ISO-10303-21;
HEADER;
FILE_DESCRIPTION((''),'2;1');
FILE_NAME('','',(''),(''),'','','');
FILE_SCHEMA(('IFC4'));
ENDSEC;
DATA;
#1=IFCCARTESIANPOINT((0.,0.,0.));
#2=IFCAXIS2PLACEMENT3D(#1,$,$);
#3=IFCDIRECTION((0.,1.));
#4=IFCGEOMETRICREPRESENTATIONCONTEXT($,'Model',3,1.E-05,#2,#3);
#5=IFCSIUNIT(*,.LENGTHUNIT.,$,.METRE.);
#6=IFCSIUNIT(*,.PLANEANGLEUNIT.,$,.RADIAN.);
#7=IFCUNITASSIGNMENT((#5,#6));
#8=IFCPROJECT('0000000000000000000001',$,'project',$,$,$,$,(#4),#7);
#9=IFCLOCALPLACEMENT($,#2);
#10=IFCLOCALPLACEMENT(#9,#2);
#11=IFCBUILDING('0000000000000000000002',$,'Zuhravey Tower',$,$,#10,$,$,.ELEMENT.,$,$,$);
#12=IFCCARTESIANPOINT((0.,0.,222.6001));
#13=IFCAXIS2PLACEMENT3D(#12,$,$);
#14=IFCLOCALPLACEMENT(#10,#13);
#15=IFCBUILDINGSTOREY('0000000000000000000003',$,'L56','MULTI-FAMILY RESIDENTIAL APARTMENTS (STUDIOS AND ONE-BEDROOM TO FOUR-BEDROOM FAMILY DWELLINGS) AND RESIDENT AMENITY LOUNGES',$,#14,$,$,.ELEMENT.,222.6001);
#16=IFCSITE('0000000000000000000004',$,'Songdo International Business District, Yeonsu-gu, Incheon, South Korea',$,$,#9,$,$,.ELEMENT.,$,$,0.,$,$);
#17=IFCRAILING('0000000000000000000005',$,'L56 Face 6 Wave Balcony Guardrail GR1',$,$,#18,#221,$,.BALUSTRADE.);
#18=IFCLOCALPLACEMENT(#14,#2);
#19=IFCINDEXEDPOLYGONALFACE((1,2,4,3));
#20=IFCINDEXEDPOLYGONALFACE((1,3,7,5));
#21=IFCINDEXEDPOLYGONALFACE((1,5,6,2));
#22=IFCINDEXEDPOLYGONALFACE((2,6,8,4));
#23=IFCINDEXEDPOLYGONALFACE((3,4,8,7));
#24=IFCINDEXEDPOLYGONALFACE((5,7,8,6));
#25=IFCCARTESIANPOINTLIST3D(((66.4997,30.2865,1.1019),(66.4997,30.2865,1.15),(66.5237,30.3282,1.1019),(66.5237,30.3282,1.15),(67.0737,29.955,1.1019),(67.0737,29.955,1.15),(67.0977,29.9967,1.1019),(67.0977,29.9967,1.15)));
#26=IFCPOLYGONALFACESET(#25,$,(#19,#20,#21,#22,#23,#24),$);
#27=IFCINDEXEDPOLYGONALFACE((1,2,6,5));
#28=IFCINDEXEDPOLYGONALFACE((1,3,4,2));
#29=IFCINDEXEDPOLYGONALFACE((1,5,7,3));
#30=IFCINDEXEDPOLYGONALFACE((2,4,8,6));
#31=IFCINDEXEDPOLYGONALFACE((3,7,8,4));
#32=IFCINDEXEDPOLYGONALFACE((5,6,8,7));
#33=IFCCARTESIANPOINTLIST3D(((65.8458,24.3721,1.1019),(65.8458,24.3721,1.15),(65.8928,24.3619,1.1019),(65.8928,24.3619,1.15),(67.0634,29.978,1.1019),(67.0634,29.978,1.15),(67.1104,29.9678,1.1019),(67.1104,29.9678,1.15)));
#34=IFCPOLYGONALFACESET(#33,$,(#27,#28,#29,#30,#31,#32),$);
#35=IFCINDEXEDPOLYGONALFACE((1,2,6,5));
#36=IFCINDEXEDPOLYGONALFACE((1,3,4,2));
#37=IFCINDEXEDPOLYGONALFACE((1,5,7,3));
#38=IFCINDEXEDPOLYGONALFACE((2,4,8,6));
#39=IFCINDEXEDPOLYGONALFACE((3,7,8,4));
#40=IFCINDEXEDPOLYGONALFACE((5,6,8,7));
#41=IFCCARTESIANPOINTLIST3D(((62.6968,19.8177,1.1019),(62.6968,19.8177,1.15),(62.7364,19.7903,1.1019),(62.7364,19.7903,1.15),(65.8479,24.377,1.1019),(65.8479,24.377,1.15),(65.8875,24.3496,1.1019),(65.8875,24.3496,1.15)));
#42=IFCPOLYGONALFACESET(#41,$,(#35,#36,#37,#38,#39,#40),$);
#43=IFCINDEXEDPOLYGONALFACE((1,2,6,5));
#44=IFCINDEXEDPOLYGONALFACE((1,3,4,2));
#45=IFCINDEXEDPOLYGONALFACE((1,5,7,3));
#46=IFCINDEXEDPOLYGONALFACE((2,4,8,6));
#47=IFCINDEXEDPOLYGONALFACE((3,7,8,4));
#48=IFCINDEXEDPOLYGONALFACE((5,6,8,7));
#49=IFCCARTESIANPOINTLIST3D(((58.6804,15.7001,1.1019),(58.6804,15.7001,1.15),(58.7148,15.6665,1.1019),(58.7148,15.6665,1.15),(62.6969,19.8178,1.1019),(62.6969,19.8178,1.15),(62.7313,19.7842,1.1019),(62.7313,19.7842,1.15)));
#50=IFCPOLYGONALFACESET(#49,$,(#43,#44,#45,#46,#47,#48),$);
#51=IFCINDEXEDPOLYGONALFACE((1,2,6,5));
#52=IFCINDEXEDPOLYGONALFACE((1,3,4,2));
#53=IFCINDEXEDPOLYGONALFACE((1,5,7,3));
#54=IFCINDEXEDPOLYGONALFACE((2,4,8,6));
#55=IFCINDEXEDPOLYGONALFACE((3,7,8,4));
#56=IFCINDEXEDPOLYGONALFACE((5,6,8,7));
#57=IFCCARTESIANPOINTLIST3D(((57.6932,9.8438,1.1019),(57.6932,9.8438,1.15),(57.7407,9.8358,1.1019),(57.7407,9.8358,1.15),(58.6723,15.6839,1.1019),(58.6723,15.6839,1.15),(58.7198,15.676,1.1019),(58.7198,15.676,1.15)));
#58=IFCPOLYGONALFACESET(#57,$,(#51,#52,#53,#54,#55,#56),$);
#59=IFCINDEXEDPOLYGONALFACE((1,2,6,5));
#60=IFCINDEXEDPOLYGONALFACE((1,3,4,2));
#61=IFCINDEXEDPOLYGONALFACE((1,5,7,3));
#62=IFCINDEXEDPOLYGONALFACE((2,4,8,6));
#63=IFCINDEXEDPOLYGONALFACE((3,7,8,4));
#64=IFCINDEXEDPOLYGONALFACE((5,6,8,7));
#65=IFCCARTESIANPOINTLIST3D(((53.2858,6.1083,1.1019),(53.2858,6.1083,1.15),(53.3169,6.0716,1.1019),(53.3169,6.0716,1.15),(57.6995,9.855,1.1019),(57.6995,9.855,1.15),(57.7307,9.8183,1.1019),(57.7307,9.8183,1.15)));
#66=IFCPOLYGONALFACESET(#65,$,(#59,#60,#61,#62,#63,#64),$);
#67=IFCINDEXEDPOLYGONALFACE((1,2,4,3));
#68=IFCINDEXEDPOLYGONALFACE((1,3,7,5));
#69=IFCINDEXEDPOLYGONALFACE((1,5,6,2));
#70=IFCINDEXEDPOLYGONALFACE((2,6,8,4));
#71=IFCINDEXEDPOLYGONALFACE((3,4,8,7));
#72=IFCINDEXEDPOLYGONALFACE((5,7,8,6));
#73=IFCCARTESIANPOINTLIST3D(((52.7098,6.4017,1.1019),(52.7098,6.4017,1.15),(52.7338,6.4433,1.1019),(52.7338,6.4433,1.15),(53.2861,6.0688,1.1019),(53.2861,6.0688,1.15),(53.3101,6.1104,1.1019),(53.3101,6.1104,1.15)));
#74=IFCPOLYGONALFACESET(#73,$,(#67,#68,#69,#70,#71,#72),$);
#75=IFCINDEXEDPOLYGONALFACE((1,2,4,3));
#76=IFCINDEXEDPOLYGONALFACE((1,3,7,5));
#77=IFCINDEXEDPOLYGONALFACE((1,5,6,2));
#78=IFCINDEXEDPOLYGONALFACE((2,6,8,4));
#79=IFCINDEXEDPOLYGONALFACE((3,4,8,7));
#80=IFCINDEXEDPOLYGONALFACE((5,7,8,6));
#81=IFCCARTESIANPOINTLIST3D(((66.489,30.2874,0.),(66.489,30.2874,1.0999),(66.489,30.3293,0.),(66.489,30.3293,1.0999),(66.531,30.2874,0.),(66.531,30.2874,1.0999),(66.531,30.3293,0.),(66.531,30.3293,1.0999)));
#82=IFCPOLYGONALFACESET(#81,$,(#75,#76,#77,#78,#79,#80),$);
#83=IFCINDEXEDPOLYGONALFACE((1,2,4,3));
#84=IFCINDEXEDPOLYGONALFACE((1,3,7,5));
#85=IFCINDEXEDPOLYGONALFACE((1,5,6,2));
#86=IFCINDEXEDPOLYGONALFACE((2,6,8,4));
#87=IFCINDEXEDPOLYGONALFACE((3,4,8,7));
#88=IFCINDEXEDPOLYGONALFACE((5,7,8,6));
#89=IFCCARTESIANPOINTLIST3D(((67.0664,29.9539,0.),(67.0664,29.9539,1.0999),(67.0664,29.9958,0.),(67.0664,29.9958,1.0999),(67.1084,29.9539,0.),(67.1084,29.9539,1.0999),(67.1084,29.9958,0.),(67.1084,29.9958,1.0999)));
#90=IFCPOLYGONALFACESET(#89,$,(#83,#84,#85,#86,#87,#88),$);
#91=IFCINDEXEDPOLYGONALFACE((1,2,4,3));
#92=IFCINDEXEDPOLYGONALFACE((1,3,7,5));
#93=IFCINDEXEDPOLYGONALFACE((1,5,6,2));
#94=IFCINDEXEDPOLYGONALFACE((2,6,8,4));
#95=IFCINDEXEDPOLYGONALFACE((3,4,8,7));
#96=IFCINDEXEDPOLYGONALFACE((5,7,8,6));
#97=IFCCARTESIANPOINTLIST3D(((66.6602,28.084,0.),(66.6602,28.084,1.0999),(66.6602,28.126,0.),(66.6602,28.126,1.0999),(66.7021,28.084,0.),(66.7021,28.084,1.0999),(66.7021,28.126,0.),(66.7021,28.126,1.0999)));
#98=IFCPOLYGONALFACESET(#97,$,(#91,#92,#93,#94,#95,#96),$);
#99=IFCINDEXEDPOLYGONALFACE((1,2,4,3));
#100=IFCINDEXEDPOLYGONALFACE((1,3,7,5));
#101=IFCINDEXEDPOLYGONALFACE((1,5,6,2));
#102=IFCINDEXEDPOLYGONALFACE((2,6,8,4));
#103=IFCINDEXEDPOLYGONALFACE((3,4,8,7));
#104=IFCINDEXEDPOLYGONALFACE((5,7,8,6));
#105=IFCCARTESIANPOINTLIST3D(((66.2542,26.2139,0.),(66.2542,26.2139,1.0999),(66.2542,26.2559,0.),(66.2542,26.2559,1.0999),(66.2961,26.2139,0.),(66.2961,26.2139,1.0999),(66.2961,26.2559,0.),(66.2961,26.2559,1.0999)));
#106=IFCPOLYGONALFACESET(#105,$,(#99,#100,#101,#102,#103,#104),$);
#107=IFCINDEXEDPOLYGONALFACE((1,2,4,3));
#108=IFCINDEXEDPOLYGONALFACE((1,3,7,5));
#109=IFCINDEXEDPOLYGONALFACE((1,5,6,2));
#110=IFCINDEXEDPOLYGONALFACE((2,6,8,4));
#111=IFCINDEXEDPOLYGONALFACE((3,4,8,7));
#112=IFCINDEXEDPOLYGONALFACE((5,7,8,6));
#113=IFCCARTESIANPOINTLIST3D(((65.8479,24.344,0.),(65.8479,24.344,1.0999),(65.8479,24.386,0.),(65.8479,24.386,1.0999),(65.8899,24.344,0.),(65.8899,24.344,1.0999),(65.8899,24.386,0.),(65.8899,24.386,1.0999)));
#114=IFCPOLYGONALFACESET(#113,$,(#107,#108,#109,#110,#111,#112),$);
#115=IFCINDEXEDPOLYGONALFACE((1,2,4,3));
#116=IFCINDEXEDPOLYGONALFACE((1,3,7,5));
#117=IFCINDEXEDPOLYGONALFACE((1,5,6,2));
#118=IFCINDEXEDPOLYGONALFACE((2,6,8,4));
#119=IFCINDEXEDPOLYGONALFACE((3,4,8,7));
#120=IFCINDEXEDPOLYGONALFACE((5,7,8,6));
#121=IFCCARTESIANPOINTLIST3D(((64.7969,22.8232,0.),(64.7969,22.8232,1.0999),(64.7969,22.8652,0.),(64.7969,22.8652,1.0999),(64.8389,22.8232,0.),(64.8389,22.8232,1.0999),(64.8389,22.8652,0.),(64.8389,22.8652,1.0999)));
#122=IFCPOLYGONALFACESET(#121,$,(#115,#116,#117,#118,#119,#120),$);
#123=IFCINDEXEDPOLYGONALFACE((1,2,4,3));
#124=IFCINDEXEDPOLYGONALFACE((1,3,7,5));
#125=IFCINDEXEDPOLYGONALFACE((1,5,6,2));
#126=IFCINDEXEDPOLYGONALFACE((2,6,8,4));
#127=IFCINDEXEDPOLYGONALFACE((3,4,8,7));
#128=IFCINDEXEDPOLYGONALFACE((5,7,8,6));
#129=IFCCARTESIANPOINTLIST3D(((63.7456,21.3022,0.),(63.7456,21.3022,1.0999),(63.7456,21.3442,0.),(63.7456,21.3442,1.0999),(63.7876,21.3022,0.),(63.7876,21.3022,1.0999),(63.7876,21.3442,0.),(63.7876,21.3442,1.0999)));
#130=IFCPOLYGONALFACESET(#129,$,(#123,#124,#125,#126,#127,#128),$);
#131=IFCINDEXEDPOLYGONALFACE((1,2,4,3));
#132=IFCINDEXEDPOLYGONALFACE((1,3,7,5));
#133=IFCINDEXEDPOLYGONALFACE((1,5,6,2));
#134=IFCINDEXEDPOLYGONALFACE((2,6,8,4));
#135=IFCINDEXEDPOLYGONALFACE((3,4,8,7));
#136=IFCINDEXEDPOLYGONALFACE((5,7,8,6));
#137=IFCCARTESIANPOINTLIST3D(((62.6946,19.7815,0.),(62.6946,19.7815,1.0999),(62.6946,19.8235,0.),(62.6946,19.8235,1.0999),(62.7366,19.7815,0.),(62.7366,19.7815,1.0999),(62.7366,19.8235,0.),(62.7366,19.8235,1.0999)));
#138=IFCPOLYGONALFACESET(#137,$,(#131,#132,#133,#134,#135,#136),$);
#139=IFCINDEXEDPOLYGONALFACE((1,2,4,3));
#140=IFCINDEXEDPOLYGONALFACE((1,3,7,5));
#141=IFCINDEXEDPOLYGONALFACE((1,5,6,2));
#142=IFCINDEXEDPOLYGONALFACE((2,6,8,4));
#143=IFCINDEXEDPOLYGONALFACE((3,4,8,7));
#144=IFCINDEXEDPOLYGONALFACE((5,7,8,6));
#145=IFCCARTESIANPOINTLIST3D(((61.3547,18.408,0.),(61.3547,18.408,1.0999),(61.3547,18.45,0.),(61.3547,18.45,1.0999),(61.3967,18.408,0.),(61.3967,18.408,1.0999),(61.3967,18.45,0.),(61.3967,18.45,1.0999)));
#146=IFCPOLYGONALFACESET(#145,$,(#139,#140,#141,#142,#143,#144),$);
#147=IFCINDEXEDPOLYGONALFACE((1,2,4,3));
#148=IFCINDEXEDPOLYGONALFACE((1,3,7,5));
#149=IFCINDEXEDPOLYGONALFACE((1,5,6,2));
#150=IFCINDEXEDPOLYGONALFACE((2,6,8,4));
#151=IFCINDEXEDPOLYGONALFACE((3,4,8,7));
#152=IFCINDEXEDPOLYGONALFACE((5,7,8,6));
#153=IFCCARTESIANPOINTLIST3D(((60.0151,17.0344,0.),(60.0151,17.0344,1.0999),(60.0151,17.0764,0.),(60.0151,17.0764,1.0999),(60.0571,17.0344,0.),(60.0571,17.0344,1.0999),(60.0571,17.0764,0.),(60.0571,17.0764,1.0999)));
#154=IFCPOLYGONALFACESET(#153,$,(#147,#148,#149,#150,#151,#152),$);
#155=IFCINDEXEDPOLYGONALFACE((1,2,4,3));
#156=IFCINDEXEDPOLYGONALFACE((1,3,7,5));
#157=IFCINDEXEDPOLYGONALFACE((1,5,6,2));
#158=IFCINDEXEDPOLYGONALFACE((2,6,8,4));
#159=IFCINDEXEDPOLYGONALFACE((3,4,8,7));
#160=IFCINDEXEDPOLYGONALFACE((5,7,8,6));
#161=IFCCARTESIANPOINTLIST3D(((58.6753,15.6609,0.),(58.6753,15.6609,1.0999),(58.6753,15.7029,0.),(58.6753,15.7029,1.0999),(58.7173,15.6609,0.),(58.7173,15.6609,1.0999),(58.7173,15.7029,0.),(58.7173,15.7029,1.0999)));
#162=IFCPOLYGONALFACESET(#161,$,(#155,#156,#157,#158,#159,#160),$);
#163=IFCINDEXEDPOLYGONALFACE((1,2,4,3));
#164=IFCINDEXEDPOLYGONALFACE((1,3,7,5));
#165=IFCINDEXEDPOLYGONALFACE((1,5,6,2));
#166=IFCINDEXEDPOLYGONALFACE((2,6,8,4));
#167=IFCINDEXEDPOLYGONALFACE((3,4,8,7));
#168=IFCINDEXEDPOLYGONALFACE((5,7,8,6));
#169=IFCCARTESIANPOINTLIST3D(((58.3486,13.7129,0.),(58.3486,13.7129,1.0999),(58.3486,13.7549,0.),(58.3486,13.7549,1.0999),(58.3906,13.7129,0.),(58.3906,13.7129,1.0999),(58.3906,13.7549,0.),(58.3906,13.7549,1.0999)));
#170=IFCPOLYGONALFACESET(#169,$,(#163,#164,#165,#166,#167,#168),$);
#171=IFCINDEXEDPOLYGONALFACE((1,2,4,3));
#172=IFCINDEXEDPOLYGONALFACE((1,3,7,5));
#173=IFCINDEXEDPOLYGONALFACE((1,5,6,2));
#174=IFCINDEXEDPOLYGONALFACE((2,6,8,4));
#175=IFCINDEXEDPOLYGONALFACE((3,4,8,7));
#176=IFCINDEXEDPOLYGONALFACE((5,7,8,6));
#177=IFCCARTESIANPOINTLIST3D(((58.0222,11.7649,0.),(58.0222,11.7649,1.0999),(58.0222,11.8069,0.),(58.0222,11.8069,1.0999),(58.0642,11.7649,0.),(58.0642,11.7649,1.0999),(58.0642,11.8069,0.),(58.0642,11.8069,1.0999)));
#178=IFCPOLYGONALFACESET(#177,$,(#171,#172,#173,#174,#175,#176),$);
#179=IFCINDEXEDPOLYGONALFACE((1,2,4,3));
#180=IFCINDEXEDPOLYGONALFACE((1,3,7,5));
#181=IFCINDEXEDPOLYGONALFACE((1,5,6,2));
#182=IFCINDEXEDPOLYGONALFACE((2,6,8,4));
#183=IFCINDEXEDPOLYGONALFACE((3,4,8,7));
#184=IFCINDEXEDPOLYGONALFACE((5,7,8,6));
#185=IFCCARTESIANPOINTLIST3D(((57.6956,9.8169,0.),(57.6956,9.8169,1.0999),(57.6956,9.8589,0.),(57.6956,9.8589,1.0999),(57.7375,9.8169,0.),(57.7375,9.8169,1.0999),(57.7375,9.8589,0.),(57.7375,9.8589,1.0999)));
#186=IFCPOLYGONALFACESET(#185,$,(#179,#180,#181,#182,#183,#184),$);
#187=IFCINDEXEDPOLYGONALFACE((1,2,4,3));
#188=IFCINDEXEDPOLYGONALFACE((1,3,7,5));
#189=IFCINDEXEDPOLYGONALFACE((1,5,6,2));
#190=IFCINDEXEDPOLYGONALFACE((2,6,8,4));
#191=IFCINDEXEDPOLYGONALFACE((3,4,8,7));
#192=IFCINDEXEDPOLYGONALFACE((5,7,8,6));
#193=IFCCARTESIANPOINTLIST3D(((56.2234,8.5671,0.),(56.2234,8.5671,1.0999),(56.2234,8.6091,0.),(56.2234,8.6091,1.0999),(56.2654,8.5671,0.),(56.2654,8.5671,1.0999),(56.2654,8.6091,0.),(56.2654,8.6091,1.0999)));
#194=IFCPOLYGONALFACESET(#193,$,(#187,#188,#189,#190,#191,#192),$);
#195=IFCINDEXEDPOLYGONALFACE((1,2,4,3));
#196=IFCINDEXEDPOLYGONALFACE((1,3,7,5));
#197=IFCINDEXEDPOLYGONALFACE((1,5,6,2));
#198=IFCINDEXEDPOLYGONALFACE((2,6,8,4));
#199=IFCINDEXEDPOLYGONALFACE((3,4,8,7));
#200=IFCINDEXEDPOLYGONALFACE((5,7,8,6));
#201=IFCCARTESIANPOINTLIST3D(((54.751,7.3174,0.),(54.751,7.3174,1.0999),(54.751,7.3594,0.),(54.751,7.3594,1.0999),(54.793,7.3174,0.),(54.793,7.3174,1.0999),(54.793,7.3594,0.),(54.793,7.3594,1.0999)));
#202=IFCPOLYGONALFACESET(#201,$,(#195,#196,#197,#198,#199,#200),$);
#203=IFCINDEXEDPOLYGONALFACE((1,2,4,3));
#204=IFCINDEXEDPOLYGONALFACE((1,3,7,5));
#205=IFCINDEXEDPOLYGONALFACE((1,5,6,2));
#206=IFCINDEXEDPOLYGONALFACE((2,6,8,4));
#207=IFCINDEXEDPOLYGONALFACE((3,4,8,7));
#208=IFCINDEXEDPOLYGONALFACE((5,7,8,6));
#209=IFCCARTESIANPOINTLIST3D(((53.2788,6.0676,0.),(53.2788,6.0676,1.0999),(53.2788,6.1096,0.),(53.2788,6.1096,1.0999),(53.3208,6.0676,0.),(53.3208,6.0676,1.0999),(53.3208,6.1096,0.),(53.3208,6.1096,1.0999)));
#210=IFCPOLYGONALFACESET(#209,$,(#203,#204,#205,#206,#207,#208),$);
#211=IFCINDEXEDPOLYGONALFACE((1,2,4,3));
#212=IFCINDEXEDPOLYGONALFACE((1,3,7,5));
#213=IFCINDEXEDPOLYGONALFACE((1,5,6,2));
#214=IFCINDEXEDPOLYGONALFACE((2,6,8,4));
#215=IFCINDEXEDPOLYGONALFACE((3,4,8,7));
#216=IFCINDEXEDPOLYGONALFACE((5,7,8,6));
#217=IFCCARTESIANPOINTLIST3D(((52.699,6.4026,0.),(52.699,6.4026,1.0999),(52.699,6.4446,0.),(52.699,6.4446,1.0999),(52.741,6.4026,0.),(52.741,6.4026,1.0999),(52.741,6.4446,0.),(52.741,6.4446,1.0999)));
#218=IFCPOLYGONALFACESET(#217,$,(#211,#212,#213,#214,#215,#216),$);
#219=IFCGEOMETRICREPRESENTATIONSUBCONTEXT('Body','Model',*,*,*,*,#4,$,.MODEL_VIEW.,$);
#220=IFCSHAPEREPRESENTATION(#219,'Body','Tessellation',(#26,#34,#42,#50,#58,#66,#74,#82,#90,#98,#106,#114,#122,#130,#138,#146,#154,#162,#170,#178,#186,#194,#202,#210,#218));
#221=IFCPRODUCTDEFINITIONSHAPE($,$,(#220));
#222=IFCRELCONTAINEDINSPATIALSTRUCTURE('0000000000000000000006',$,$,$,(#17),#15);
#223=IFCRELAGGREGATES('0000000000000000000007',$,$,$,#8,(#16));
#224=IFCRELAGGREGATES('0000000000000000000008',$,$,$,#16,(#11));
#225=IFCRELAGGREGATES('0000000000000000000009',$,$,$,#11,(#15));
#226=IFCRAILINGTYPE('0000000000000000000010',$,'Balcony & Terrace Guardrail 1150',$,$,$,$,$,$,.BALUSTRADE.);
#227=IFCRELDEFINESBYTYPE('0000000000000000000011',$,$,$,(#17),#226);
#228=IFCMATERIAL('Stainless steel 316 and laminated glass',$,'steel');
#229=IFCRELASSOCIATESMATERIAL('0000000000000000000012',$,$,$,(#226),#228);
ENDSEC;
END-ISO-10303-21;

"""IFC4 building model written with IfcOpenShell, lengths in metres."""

from ifc_helpers import new_model, si_unit, direction, frame, origin, origin_2d, place, context, subcontext, project, spatial, rectangle, extrude, material, type_object, element, save


model = new_model("IFC4")

# Units and contexts
model_context = context("Model", 3, precision=1e-05, world=origin(), true_north=direction((0.0, 1.0)))
body_context = subcontext(model_context, "Body", "Model", "MODEL_VIEW")
ifc_project = project(units=[si_unit("LENGTHUNIT", "METRE"), si_unit("PLANEANGLEUNIT", "RADIAN")], contexts=[model_context])

# Site, building, storey
site_placement = place(None, origin())
site = spatial("IfcSite", under=ifc_project, at=site_placement, Name="Songdo International Business District, Yeonsu-gu, Incheon, South Korea", CompositionType="ELEMENT", RefElevation=0.0)
building_placement = place(site_placement, origin())
building = spatial("IfcBuilding", under=site, at=building_placement, Name="Zuhravey Tower", CompositionType="ELEMENT")
storey_placement = place(building_placement, frame((0.0, 0.0, 222.6001)))
storey = spatial("IfcBuildingStorey", under=building, at=storey_placement, Name="L56", Description="MULTI-FAMILY RESIDENTIAL APARTMENTS (STUDIOS AND ONE-BEDROOM TO FOUR-BEDROOM FAMILY DWELLINGS) AND RESIDENT AMENITY LOUNGES", CompositionType="ELEMENT", Elevation=222.6001)

# Railing
ifc_material_1 = material(Name="Stainless steel 316 and laminated glass", Category="steel")
railing_type = type_object("IfcRailingType", Name="Balcony & Terrace Guardrail 1150", PredefinedType="BALUSTRADE", material=ifc_material_1)
railing_placement = place(storey_placement, frame((66.51, 30.3083, 0.0)))
element("IfcRailing", 1, at=railing_placement, inside=storey, type_object=railing_type, Name="L56 Face 6 Wave Balcony Guardrail GR1", PredefinedType="BALUSTRADE", context=body_context, shape_type="SweptSolid", body=[
    extrude(rectangle(XDim=0.0481, YDim=0.0481, at=origin_2d()), frame((0.0017, -0.001, 1.126), z_axis=(0.865936, -0.500156, 0.0), x_axis=(0.500156, 0.865936, 0.0)), (0.0, 0.0, 1.0), 0.6628),
    extrude(rectangle(XDim=0.0481, YDim=0.0481, at=origin_2d()), frame((0.5769, -0.3354, 1.126), z_axis=(-0.212258, -0.977214, 0.0), x_axis=(0.977214, -0.212258, 0.0)), (0.0, 0.0, 1.0), 5.7366),
    extrude(rectangle(XDim=0.0481, YDim=0.0481, at=origin_2d()), frame((-0.6423, -5.9451, 1.126), z_axis=(-0.56856, -0.822642, 0.0), x_axis=(0.822642, -0.56856, 0.0)), (0.0, 0.0, 1.0), 5.5422),
    extrude(rectangle(XDim=0.0481, YDim=0.0481, at=origin_2d()), frame((-3.7959, -10.5073, 1.126), z_axis=(-0.698251, -0.715853, 0.0), x_axis=(0.715853, -0.698251, 0.0)), (0.0, 0.0, 1.0), 5.7522),
    extrude(rectangle(XDim=0.0481, YDim=0.0481, at=origin_2d()), frame((-7.814, -14.6284, 1.126), z_axis=(-0.165341, -0.986236, 0.0), x_axis=(0.986236, -0.165341, 0.0)), (0.0, 0.0, 1.0), 5.9216),
    extrude(rectangle(XDim=0.0481, YDim=0.0481, at=origin_2d()), frame((-8.7949, -20.4717, 1.126), z_axis=(-0.762362, -0.64715, 0.0), x_axis=(0.64715, -0.762362, 0.0)), (0.0, 0.0, 1.0), 5.7896),
    extrude(rectangle(XDim=0.0481, YDim=0.0481, at=origin_2d()), frame((-13.2119, -24.2188, 1.126), z_axis=(-0.8659, 0.500217, 0.0), x_axis=(-0.500217, -0.8659, 0.0)), (0.0, 0.0, 1.0), 0.6655),
    extrude(rectangle(XDim=0.042, YDim=0.042, at=origin_2d()), origin(), (0.0, 0.0, 1.0), 1.0999),
    extrude(rectangle(XDim=0.042, YDim=0.042, at=origin_2d()), frame((0.5774, -0.3335, 0.0)), (0.0, 0.0, 1.0), 1.0999),
    extrude(rectangle(XDim=0.042, YDim=0.042, at=origin_2d()), frame((0.1711, -2.2034, 0.0)), (0.0, 0.0, 1.0), 1.0999),
    extrude(rectangle(XDim=0.042, YDim=0.042, at=origin_2d()), frame((-0.2349, -4.0735, 0.0)), (0.0, 0.0, 1.0), 1.0999),
    extrude(rectangle(XDim=0.042, YDim=0.042, at=origin_2d()), frame((-0.6411, -5.9434, 0.0)), (0.0, 0.0, 1.0), 1.0999),
    extrude(rectangle(XDim=0.042, YDim=0.042, at=origin_2d()), frame((-1.6921, -7.4641, 0.0)), (0.0, 0.0, 1.0), 1.0999),
    extrude(rectangle(XDim=0.042, YDim=0.042, at=origin_2d()), frame((-2.7434, -8.9851, 0.0)), (0.0, 0.0, 1.0), 1.0999),
    extrude(rectangle(XDim=0.042, YDim=0.042, at=origin_2d()), frame((-3.7944, -10.5059, 0.0)), (0.0, 0.0, 1.0), 1.0999),
    extrude(rectangle(XDim=0.042, YDim=0.042, at=origin_2d()), frame((-5.1343, -11.8794, 0.0)), (0.0, 0.0, 1.0), 1.0999),
    extrude(rectangle(XDim=0.042, YDim=0.042, at=origin_2d()), frame((-6.4739, -13.2529, 0.0)), (0.0, 0.0, 1.0), 1.0999),
    extrude(rectangle(XDim=0.042, YDim=0.042, at=origin_2d()), frame((-7.8137, -14.6265, 0.0)), (0.0, 0.0, 1.0), 1.0999),
    extrude(rectangle(XDim=0.042, YDim=0.042, at=origin_2d()), frame((-8.1404, -16.5745, 0.0)), (0.0, 0.0, 1.0), 1.0999),
    extrude(rectangle(XDim=0.042, YDim=0.042, at=origin_2d()), frame((-8.4668, -18.5225, 0.0)), (0.0, 0.0, 1.0), 1.0999),
    extrude(rectangle(XDim=0.042, YDim=0.042, at=origin_2d()), frame((-8.7935, -20.4705, 0.0)), (0.0, 0.0, 1.0), 1.0999),
    extrude(rectangle(XDim=0.042, YDim=0.042, at=origin_2d()), frame((-10.2656, -21.7202, 0.0)), (0.0, 0.0, 1.0), 1.0999),
    extrude(rectangle(XDim=0.042, YDim=0.042, at=origin_2d()), frame((-11.738, -22.97, 0.0)), (0.0, 0.0, 1.0), 1.0999),
    extrude(rectangle(XDim=0.042, YDim=0.042, at=origin_2d()), frame((-13.2102, -24.2197, 0.0)), (0.0, 0.0, 1.0), 1.0999),
    extrude(rectangle(XDim=0.042, YDim=0.042, at=origin_2d()), frame((-13.79, -23.8848, 0.0)), (0.0, 0.0, 1.0), 1.0999),
])

save(model, "model.ifc")
